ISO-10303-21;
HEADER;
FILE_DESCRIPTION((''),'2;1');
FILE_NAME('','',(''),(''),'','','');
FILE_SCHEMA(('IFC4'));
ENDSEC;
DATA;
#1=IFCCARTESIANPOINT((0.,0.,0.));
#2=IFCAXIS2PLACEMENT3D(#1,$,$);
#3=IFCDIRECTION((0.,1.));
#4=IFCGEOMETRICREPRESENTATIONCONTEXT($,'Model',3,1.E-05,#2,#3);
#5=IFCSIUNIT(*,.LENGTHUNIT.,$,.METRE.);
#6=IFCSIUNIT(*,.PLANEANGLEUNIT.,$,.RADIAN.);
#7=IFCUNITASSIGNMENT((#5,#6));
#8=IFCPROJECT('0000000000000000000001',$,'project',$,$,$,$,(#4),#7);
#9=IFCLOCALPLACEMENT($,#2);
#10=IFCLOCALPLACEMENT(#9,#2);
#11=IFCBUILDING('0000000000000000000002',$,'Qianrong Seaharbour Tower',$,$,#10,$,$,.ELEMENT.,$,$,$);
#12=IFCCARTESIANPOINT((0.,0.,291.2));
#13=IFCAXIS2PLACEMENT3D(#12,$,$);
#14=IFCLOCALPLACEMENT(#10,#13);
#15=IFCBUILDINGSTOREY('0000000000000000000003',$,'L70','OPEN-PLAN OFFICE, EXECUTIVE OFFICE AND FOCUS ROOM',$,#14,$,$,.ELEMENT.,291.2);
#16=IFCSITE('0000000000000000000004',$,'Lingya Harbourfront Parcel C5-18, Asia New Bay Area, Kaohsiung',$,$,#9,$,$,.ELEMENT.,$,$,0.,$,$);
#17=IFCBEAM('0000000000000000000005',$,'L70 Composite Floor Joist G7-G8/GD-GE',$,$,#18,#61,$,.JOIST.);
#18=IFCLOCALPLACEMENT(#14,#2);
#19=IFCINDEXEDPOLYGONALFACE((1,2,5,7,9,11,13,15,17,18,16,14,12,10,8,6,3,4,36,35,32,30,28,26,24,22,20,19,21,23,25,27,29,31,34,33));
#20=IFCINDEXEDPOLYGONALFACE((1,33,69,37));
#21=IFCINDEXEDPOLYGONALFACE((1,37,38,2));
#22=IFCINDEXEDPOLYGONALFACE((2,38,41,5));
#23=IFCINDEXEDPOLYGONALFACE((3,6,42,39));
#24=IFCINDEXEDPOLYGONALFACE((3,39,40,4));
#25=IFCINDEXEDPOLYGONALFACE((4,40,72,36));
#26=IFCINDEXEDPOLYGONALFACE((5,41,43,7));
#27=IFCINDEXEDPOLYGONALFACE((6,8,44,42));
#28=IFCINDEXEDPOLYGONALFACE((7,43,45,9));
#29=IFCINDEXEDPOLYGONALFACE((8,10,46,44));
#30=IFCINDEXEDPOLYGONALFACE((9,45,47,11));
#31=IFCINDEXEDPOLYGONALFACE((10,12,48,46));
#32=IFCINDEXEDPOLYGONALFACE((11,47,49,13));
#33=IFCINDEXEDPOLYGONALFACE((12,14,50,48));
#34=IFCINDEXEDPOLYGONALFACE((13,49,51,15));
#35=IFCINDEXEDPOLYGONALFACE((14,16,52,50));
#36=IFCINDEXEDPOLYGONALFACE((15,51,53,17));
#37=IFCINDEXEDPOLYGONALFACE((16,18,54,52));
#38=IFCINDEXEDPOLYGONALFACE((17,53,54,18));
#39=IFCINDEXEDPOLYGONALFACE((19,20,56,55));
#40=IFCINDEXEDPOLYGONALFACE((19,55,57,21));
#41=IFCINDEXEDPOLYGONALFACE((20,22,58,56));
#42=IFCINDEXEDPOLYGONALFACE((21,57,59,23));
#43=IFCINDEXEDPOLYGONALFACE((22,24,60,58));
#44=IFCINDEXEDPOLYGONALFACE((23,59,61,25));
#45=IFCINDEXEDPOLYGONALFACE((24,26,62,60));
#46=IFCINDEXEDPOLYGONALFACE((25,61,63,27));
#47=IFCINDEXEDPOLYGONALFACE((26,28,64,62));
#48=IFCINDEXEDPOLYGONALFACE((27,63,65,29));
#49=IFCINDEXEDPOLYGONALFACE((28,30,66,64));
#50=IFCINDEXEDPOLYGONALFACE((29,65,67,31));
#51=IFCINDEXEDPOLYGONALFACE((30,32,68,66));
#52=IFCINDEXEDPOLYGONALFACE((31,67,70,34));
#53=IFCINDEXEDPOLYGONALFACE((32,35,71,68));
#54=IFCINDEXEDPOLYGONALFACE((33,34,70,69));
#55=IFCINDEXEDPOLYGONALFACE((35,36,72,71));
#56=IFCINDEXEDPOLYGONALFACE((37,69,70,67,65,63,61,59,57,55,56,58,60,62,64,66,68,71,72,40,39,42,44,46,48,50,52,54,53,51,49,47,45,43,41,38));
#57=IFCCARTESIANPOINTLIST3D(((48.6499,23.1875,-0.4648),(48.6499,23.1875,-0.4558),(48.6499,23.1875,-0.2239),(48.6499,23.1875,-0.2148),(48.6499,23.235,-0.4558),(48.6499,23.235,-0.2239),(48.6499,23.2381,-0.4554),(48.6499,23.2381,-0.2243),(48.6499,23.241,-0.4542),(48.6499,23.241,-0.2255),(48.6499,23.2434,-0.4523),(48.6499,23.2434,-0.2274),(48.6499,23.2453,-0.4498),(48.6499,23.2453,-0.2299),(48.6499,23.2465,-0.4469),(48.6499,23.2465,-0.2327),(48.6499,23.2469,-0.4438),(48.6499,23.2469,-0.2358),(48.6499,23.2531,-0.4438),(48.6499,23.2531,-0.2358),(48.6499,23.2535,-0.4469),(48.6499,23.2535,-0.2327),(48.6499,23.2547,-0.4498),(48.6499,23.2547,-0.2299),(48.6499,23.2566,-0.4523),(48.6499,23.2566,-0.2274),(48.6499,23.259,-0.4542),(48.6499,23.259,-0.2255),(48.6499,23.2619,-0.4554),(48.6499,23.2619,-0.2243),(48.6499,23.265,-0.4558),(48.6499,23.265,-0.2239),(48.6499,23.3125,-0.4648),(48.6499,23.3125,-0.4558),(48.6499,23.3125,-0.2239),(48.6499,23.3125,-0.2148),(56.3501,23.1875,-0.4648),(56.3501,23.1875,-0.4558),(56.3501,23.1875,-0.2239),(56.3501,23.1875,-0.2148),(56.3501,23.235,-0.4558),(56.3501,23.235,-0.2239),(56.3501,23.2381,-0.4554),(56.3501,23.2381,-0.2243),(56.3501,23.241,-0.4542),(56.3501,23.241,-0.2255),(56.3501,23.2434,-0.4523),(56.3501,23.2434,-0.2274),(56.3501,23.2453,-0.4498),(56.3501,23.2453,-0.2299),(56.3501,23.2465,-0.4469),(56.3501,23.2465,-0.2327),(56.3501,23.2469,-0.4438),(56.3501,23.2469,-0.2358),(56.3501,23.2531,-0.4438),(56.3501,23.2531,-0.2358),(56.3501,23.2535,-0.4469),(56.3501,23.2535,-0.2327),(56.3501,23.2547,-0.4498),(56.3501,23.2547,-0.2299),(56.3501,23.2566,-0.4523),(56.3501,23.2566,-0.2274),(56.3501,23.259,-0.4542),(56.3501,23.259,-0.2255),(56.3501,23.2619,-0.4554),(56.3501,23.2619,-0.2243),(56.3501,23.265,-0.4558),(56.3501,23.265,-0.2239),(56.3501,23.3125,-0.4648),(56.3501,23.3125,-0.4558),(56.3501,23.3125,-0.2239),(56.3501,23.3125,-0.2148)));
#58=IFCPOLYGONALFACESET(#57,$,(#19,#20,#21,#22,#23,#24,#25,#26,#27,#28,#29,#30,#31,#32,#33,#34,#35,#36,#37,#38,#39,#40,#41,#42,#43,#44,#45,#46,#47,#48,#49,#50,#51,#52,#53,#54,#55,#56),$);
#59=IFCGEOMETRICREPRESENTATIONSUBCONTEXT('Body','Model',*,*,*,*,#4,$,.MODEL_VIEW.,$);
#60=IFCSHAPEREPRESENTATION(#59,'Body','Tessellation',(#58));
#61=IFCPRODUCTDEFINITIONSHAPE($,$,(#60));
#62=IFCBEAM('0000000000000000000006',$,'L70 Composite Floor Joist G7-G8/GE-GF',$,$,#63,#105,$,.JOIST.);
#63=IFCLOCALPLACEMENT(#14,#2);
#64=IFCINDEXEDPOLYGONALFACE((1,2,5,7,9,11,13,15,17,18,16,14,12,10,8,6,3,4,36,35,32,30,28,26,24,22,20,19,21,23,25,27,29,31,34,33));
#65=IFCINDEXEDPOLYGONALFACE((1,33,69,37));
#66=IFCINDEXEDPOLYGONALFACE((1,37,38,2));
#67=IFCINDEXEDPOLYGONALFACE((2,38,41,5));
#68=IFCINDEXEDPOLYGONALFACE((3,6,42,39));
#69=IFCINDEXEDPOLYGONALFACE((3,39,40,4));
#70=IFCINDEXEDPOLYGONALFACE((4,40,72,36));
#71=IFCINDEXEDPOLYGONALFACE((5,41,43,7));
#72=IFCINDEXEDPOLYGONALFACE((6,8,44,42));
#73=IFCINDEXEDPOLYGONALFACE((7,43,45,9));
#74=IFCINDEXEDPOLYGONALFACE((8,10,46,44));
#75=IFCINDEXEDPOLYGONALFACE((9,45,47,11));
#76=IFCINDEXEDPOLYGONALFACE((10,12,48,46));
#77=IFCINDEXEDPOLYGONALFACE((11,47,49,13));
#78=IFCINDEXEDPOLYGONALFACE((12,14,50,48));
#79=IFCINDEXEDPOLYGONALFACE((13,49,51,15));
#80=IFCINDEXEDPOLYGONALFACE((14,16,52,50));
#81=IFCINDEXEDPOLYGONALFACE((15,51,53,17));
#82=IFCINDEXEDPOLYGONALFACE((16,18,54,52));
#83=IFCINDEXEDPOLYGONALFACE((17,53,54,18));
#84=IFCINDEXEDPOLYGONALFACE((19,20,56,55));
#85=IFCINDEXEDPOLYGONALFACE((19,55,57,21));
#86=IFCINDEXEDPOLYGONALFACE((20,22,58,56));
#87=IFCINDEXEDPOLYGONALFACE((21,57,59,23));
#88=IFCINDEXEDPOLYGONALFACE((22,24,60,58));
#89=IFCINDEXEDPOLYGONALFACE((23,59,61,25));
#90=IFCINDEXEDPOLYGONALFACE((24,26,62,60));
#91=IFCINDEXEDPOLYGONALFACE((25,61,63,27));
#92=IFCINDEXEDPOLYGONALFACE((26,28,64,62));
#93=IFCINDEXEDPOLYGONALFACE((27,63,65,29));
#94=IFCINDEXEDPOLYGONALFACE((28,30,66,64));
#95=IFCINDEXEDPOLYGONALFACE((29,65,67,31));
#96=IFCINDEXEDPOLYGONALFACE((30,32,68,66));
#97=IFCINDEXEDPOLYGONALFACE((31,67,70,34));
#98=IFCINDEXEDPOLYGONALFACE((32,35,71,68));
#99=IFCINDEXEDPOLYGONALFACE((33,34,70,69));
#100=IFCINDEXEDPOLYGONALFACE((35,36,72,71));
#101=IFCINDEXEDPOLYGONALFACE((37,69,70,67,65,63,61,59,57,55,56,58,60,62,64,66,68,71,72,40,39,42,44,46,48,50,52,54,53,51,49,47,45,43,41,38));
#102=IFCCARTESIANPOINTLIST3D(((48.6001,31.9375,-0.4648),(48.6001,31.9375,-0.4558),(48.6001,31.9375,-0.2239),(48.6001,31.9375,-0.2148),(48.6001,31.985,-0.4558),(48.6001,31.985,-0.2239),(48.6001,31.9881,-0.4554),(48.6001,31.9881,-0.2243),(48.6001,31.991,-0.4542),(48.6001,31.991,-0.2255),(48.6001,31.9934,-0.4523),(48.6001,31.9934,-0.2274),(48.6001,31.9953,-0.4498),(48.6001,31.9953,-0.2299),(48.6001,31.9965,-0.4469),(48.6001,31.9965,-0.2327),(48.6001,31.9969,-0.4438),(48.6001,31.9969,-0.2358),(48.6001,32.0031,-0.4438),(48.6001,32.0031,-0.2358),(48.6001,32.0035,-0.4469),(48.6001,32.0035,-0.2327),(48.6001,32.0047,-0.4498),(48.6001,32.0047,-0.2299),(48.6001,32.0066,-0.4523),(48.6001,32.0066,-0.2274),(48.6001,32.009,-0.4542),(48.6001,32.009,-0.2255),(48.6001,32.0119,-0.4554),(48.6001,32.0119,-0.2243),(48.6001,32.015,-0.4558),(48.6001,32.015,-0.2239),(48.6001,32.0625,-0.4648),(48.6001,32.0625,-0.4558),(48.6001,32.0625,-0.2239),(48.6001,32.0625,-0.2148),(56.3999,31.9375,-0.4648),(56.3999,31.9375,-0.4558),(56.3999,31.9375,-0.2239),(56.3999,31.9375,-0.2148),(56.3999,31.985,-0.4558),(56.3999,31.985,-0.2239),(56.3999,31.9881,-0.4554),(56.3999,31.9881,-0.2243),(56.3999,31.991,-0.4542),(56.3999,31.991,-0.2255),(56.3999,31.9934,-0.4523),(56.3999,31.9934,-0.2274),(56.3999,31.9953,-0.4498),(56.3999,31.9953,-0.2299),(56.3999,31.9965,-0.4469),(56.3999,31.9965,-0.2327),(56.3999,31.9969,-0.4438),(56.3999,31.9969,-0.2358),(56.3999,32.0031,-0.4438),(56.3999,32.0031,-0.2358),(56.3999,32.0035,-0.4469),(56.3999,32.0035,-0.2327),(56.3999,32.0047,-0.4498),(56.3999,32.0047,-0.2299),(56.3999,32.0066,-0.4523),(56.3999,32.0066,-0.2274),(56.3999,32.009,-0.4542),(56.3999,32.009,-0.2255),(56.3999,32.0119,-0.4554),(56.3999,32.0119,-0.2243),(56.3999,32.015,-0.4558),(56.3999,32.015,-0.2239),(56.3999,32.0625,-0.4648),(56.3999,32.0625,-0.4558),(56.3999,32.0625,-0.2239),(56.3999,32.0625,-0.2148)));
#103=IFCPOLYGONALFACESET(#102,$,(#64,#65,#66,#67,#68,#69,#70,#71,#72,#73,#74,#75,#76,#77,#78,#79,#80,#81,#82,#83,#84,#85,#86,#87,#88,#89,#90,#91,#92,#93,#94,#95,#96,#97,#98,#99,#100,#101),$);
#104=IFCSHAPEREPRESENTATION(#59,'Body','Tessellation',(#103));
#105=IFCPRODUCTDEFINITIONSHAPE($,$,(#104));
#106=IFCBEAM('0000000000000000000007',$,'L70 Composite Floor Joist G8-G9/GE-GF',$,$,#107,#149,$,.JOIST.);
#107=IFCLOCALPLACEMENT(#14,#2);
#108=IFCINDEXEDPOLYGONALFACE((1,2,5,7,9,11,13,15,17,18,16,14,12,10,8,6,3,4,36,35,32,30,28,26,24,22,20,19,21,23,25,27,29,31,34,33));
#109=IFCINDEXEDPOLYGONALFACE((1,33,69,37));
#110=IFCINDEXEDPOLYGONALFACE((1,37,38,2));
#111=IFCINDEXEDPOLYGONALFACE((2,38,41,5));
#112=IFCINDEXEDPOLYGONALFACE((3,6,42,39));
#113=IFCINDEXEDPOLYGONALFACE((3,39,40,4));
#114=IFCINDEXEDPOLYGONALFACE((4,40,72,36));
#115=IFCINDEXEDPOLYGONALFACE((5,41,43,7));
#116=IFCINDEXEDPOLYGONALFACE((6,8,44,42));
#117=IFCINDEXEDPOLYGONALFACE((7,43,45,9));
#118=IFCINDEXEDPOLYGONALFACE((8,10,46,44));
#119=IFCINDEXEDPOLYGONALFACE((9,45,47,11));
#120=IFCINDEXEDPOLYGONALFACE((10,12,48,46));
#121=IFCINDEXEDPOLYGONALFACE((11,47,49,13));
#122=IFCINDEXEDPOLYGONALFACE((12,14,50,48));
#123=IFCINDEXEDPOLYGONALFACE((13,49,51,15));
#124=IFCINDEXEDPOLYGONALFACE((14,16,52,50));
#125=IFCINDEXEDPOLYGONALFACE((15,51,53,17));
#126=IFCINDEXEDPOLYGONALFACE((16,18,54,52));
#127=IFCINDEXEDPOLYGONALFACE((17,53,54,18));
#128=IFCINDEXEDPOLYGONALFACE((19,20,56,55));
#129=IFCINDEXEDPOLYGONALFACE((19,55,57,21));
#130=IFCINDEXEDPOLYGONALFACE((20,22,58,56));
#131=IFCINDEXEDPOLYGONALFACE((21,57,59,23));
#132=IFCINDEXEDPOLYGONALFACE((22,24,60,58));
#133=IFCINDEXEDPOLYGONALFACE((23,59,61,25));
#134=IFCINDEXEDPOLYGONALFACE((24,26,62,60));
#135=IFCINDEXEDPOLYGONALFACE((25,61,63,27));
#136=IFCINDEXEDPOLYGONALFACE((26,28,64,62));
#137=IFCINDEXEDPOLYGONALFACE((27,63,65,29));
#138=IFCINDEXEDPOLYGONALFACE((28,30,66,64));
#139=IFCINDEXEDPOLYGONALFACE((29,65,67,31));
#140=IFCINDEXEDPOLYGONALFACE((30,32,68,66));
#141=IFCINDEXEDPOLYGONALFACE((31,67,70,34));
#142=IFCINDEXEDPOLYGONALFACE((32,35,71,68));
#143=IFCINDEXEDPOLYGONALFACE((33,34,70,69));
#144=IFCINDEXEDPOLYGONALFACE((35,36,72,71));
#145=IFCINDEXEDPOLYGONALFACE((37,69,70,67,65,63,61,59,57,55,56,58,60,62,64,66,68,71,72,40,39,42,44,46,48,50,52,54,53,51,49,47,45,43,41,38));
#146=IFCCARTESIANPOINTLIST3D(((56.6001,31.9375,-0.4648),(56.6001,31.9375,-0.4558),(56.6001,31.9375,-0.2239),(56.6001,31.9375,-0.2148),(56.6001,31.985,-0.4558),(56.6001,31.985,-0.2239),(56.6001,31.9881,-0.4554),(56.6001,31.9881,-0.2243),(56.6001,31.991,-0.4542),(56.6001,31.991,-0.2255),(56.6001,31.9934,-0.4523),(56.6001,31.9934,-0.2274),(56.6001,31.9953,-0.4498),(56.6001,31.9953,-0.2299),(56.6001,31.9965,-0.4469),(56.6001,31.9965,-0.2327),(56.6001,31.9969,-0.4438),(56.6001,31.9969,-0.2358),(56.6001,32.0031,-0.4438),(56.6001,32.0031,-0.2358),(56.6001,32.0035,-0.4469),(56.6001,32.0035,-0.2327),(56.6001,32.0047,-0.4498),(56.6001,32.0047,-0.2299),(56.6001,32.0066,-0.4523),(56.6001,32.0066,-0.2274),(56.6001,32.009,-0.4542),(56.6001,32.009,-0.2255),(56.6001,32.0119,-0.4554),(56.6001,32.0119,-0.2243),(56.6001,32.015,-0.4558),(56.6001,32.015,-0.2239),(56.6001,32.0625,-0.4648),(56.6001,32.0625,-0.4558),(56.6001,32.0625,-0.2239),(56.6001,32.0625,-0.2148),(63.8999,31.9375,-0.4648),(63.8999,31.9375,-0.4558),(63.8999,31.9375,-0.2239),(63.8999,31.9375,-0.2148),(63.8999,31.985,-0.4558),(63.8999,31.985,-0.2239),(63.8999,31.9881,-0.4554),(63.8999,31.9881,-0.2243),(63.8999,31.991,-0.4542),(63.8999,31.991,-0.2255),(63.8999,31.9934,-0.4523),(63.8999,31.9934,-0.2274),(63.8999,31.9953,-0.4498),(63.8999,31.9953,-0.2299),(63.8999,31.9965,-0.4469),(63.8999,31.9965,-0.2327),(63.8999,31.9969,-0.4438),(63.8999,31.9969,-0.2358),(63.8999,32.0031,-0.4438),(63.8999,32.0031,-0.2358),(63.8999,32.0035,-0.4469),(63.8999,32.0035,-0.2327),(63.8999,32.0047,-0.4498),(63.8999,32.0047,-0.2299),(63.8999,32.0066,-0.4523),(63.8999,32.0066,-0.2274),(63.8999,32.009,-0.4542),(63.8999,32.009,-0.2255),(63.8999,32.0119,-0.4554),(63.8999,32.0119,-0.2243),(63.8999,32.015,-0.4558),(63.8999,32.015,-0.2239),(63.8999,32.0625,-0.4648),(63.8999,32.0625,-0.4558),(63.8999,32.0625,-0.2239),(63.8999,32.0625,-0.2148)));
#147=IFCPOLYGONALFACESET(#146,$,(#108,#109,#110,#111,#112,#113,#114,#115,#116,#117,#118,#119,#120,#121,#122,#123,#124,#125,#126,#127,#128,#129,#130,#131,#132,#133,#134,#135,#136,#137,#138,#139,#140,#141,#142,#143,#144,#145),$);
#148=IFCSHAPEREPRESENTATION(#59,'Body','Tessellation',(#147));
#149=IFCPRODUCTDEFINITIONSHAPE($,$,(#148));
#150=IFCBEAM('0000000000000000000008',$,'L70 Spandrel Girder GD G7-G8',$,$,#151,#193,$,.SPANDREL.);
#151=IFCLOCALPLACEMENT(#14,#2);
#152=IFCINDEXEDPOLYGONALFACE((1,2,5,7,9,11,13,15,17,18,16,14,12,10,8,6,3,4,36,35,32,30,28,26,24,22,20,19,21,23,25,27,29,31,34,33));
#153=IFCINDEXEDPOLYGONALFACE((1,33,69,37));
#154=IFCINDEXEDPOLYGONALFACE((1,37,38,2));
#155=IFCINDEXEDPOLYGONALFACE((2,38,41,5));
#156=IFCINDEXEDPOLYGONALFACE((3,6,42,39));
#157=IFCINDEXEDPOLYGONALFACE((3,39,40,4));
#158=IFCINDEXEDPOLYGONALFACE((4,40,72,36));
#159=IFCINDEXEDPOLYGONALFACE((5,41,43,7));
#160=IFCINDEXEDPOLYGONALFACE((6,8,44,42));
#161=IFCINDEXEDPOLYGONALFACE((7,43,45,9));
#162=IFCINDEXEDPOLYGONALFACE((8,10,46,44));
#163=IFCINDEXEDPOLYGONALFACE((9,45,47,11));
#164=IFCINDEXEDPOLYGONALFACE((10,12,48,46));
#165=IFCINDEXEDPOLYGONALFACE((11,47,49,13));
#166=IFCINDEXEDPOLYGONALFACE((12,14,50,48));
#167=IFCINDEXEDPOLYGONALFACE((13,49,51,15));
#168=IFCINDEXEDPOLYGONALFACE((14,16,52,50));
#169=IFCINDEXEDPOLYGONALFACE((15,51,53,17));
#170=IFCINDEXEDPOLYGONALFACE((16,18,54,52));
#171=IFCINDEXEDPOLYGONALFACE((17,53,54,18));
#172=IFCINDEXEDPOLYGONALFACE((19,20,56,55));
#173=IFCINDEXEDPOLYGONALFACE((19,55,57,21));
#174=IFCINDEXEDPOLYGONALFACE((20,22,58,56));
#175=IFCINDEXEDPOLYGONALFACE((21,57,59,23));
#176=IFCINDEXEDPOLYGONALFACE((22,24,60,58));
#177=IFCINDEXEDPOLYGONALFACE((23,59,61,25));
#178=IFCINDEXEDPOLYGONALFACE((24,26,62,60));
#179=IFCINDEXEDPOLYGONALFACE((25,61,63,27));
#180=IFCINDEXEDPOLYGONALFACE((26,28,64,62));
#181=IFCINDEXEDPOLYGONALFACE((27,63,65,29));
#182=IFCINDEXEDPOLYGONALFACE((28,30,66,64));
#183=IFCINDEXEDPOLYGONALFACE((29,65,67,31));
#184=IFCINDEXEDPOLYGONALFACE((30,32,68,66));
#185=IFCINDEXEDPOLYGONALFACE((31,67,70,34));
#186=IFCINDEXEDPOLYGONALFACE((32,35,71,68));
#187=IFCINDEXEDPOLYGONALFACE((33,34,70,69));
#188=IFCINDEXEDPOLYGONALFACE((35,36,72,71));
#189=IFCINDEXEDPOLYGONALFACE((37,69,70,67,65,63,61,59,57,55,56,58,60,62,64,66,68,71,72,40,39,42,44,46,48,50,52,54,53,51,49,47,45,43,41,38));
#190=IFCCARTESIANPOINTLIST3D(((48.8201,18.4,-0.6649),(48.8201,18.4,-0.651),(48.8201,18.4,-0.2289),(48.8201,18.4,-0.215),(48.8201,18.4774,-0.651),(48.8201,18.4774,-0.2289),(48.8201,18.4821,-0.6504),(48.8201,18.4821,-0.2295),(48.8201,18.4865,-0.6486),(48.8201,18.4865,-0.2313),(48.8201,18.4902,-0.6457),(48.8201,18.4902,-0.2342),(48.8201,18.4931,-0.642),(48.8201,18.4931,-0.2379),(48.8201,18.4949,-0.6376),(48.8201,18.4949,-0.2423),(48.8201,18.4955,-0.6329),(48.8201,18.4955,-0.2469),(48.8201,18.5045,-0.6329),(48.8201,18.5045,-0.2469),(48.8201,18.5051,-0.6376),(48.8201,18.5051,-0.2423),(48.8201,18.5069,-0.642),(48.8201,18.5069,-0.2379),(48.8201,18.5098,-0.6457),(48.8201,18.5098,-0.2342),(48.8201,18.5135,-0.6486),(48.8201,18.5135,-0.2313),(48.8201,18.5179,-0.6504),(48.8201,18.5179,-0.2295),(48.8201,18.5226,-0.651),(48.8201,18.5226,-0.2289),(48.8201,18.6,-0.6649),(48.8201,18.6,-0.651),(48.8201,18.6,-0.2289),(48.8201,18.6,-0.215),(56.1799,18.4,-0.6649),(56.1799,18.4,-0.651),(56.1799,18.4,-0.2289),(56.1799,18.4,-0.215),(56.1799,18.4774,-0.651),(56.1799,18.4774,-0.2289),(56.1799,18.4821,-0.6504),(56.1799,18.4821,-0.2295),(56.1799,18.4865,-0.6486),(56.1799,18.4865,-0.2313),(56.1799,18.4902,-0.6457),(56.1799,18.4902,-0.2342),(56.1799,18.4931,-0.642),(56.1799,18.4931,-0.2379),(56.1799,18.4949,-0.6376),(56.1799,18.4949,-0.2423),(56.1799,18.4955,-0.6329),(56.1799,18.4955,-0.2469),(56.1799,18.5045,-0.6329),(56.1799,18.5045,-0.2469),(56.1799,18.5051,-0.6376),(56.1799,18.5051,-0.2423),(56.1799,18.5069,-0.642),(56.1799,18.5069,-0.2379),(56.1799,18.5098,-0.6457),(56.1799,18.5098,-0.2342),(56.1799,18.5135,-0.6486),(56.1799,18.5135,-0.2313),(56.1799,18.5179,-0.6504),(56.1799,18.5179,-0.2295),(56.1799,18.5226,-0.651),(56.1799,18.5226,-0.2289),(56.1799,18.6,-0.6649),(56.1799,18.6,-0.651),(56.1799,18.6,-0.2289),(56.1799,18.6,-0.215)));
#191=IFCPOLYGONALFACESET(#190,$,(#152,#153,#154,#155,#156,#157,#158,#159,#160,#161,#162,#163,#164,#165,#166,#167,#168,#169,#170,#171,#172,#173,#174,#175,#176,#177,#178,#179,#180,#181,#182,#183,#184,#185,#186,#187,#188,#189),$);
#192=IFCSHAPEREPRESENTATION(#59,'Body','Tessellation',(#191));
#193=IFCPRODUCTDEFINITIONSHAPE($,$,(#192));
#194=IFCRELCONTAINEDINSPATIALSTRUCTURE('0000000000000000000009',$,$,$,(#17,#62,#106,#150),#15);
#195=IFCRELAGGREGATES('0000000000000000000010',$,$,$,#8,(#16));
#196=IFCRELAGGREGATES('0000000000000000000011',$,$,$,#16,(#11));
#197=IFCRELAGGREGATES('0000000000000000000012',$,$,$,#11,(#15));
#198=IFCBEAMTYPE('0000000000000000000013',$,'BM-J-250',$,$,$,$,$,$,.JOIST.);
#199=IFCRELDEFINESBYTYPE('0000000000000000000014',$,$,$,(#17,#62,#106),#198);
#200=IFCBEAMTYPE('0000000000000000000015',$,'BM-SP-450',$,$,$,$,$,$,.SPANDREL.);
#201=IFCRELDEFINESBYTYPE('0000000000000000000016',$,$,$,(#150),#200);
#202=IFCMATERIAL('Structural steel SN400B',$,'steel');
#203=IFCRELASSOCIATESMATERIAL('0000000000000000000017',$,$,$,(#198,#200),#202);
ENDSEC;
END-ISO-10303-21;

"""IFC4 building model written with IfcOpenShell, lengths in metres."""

from ifc_helpers import new_model, si_unit, direction, frame, origin, origin_2d, place, context, subcontext, project, spatial, i_section, extrude, material, material_profile, profile_set, type_object, element, save


model = new_model("IFC4")

# Units and contexts
model_context = context("Model", 3, precision=1e-05, world=origin(), true_north=direction((0.0, 1.0)))
body_context = subcontext(model_context, "Body", "Model", "MODEL_VIEW")
ifc_project = project(units=[si_unit("LENGTHUNIT", "METRE"), si_unit("PLANEANGLEUNIT", "RADIAN")], contexts=[model_context])

# Site, building, storey
site_placement = place(None, origin())
site = spatial("IfcSite", under=ifc_project, at=site_placement, Name="Lingya Harbourfront Parcel C5-18, Asia New Bay Area, Kaohsiung", CompositionType="ELEMENT", RefElevation=0.0)
building_placement = place(site_placement, origin())
building = spatial("IfcBuilding", under=site, at=building_placement, Name="Qianrong Seaharbour Tower", CompositionType="ELEMENT")
storey_placement = place(building_placement, frame((0.0, 0.0, 291.2)))
storey = spatial("IfcBuildingStorey", under=building, at=storey_placement, Name="L70", Description="OPEN-PLAN OFFICE, EXECUTIVE OFFICE AND FOCUS ROOM", CompositionType="ELEMENT", Elevation=291.2)

# Shared definitions
ifc_material_1 = material(Name="Structural steel SN400B", Category="steel")

# Beams
ifc_material_profile_1 = material_profile(ifc_material_1, i_section(OverallWidth=0.125, OverallDepth=0.25, WebThickness=0.0061, FlangeThickness=0.009, FilletRadius=0.012, at=origin_2d()), Name="H250x125x6x9")
ifc_profile_set_1 = profile_set([ifc_material_profile_1], Name="Structural steel SN400B")
beam_type_1 = type_object("IfcBeamType", Name="BM-J-250", PredefinedType="JOIST", material=ifc_profile_set_1)
beam_1_placement = place(storey_placement, frame((48.6499, 23.25, -0.3398), z_axis=(1.0, 0.0, 0.0), x_axis=(0.0, 1.0, 0.0)))
element("IfcBeam", 1, at=beam_1_placement, inside=storey, type_object=beam_type_1, Name="L70 Composite Floor Joist G7-G8/GD-GE", PredefinedType="JOIST", context=body_context, shape_type="SweptSolid", body=[
    extrude(i_section(OverallWidth=0.125, OverallDepth=0.25, WebThickness=0.0061, FlangeThickness=0.009, FilletRadius=0.012, at=origin_2d()), origin(), (0.0, 0.0, 1.0), 7.7002),
])
beam_2_placement = place(storey_placement, frame((48.6001, 32.0, -0.3398), z_axis=(1.0, 0.0, 0.0), x_axis=(0.0, 1.0, 0.0)))
element("IfcBeam", 2, at=beam_2_placement, inside=storey, type_object=beam_type_1, Name="L70 Composite Floor Joist G7-G8/GE-GF", PredefinedType="JOIST", context=body_context, shape_type="SweptSolid", body=[
    extrude(i_section(OverallWidth=0.125, OverallDepth=0.25, WebThickness=0.0061, FlangeThickness=0.009, FilletRadius=0.012, at=origin_2d()), origin(), (0.0, 0.0, 1.0), 7.7998),
])
beam_3_placement = place(storey_placement, frame((56.6001, 32.0, -0.3398), z_axis=(1.0, 0.0, 0.0), x_axis=(0.0, 1.0, 0.0)))
element("IfcBeam", 3, at=beam_3_placement, inside=storey, type_object=beam_type_1, Name="L70 Composite Floor Joist G8-G9/GE-GF", PredefinedType="JOIST", context=body_context, shape_type="SweptSolid", body=[
    extrude(i_section(OverallWidth=0.125, OverallDepth=0.25, WebThickness=0.0061, FlangeThickness=0.009, FilletRadius=0.012, at=origin_2d()), origin(), (0.0, 0.0, 1.0), 7.2998),
])
ifc_material_profile_2 = material_profile(ifc_material_1, i_section(OverallWidth=0.2, OverallDepth=0.45, WebThickness=0.009, FlangeThickness=0.0139, FilletRadius=0.0181, at=origin_2d()), Name="H450x200x9x14")
ifc_profile_set_2 = profile_set([ifc_material_profile_2], Name="Structural steel SN400B")
beam_type_2 = type_object("IfcBeamType", Name="BM-SP-450", PredefinedType="SPANDREL", material=ifc_profile_set_2)
beam_4_placement = place(storey_placement, frame((48.8201, 18.5, -0.4399), z_axis=(1.0, 0.0, 0.0), x_axis=(0.0, 1.0, 0.0)))
element("IfcBeam", 4, at=beam_4_placement, inside=storey, type_object=beam_type_2, Name="L70 Spandrel Girder GD G7-G8", PredefinedType="SPANDREL", context=body_context, shape_type="SweptSolid", body=[
    extrude(i_section(OverallWidth=0.2, OverallDepth=0.45, WebThickness=0.009, FlangeThickness=0.0139, FilletRadius=0.0181, at=origin_2d()), origin(), (0.0, 0.0, 1.0), 7.3599),
])

save(model, "model.ifc")
